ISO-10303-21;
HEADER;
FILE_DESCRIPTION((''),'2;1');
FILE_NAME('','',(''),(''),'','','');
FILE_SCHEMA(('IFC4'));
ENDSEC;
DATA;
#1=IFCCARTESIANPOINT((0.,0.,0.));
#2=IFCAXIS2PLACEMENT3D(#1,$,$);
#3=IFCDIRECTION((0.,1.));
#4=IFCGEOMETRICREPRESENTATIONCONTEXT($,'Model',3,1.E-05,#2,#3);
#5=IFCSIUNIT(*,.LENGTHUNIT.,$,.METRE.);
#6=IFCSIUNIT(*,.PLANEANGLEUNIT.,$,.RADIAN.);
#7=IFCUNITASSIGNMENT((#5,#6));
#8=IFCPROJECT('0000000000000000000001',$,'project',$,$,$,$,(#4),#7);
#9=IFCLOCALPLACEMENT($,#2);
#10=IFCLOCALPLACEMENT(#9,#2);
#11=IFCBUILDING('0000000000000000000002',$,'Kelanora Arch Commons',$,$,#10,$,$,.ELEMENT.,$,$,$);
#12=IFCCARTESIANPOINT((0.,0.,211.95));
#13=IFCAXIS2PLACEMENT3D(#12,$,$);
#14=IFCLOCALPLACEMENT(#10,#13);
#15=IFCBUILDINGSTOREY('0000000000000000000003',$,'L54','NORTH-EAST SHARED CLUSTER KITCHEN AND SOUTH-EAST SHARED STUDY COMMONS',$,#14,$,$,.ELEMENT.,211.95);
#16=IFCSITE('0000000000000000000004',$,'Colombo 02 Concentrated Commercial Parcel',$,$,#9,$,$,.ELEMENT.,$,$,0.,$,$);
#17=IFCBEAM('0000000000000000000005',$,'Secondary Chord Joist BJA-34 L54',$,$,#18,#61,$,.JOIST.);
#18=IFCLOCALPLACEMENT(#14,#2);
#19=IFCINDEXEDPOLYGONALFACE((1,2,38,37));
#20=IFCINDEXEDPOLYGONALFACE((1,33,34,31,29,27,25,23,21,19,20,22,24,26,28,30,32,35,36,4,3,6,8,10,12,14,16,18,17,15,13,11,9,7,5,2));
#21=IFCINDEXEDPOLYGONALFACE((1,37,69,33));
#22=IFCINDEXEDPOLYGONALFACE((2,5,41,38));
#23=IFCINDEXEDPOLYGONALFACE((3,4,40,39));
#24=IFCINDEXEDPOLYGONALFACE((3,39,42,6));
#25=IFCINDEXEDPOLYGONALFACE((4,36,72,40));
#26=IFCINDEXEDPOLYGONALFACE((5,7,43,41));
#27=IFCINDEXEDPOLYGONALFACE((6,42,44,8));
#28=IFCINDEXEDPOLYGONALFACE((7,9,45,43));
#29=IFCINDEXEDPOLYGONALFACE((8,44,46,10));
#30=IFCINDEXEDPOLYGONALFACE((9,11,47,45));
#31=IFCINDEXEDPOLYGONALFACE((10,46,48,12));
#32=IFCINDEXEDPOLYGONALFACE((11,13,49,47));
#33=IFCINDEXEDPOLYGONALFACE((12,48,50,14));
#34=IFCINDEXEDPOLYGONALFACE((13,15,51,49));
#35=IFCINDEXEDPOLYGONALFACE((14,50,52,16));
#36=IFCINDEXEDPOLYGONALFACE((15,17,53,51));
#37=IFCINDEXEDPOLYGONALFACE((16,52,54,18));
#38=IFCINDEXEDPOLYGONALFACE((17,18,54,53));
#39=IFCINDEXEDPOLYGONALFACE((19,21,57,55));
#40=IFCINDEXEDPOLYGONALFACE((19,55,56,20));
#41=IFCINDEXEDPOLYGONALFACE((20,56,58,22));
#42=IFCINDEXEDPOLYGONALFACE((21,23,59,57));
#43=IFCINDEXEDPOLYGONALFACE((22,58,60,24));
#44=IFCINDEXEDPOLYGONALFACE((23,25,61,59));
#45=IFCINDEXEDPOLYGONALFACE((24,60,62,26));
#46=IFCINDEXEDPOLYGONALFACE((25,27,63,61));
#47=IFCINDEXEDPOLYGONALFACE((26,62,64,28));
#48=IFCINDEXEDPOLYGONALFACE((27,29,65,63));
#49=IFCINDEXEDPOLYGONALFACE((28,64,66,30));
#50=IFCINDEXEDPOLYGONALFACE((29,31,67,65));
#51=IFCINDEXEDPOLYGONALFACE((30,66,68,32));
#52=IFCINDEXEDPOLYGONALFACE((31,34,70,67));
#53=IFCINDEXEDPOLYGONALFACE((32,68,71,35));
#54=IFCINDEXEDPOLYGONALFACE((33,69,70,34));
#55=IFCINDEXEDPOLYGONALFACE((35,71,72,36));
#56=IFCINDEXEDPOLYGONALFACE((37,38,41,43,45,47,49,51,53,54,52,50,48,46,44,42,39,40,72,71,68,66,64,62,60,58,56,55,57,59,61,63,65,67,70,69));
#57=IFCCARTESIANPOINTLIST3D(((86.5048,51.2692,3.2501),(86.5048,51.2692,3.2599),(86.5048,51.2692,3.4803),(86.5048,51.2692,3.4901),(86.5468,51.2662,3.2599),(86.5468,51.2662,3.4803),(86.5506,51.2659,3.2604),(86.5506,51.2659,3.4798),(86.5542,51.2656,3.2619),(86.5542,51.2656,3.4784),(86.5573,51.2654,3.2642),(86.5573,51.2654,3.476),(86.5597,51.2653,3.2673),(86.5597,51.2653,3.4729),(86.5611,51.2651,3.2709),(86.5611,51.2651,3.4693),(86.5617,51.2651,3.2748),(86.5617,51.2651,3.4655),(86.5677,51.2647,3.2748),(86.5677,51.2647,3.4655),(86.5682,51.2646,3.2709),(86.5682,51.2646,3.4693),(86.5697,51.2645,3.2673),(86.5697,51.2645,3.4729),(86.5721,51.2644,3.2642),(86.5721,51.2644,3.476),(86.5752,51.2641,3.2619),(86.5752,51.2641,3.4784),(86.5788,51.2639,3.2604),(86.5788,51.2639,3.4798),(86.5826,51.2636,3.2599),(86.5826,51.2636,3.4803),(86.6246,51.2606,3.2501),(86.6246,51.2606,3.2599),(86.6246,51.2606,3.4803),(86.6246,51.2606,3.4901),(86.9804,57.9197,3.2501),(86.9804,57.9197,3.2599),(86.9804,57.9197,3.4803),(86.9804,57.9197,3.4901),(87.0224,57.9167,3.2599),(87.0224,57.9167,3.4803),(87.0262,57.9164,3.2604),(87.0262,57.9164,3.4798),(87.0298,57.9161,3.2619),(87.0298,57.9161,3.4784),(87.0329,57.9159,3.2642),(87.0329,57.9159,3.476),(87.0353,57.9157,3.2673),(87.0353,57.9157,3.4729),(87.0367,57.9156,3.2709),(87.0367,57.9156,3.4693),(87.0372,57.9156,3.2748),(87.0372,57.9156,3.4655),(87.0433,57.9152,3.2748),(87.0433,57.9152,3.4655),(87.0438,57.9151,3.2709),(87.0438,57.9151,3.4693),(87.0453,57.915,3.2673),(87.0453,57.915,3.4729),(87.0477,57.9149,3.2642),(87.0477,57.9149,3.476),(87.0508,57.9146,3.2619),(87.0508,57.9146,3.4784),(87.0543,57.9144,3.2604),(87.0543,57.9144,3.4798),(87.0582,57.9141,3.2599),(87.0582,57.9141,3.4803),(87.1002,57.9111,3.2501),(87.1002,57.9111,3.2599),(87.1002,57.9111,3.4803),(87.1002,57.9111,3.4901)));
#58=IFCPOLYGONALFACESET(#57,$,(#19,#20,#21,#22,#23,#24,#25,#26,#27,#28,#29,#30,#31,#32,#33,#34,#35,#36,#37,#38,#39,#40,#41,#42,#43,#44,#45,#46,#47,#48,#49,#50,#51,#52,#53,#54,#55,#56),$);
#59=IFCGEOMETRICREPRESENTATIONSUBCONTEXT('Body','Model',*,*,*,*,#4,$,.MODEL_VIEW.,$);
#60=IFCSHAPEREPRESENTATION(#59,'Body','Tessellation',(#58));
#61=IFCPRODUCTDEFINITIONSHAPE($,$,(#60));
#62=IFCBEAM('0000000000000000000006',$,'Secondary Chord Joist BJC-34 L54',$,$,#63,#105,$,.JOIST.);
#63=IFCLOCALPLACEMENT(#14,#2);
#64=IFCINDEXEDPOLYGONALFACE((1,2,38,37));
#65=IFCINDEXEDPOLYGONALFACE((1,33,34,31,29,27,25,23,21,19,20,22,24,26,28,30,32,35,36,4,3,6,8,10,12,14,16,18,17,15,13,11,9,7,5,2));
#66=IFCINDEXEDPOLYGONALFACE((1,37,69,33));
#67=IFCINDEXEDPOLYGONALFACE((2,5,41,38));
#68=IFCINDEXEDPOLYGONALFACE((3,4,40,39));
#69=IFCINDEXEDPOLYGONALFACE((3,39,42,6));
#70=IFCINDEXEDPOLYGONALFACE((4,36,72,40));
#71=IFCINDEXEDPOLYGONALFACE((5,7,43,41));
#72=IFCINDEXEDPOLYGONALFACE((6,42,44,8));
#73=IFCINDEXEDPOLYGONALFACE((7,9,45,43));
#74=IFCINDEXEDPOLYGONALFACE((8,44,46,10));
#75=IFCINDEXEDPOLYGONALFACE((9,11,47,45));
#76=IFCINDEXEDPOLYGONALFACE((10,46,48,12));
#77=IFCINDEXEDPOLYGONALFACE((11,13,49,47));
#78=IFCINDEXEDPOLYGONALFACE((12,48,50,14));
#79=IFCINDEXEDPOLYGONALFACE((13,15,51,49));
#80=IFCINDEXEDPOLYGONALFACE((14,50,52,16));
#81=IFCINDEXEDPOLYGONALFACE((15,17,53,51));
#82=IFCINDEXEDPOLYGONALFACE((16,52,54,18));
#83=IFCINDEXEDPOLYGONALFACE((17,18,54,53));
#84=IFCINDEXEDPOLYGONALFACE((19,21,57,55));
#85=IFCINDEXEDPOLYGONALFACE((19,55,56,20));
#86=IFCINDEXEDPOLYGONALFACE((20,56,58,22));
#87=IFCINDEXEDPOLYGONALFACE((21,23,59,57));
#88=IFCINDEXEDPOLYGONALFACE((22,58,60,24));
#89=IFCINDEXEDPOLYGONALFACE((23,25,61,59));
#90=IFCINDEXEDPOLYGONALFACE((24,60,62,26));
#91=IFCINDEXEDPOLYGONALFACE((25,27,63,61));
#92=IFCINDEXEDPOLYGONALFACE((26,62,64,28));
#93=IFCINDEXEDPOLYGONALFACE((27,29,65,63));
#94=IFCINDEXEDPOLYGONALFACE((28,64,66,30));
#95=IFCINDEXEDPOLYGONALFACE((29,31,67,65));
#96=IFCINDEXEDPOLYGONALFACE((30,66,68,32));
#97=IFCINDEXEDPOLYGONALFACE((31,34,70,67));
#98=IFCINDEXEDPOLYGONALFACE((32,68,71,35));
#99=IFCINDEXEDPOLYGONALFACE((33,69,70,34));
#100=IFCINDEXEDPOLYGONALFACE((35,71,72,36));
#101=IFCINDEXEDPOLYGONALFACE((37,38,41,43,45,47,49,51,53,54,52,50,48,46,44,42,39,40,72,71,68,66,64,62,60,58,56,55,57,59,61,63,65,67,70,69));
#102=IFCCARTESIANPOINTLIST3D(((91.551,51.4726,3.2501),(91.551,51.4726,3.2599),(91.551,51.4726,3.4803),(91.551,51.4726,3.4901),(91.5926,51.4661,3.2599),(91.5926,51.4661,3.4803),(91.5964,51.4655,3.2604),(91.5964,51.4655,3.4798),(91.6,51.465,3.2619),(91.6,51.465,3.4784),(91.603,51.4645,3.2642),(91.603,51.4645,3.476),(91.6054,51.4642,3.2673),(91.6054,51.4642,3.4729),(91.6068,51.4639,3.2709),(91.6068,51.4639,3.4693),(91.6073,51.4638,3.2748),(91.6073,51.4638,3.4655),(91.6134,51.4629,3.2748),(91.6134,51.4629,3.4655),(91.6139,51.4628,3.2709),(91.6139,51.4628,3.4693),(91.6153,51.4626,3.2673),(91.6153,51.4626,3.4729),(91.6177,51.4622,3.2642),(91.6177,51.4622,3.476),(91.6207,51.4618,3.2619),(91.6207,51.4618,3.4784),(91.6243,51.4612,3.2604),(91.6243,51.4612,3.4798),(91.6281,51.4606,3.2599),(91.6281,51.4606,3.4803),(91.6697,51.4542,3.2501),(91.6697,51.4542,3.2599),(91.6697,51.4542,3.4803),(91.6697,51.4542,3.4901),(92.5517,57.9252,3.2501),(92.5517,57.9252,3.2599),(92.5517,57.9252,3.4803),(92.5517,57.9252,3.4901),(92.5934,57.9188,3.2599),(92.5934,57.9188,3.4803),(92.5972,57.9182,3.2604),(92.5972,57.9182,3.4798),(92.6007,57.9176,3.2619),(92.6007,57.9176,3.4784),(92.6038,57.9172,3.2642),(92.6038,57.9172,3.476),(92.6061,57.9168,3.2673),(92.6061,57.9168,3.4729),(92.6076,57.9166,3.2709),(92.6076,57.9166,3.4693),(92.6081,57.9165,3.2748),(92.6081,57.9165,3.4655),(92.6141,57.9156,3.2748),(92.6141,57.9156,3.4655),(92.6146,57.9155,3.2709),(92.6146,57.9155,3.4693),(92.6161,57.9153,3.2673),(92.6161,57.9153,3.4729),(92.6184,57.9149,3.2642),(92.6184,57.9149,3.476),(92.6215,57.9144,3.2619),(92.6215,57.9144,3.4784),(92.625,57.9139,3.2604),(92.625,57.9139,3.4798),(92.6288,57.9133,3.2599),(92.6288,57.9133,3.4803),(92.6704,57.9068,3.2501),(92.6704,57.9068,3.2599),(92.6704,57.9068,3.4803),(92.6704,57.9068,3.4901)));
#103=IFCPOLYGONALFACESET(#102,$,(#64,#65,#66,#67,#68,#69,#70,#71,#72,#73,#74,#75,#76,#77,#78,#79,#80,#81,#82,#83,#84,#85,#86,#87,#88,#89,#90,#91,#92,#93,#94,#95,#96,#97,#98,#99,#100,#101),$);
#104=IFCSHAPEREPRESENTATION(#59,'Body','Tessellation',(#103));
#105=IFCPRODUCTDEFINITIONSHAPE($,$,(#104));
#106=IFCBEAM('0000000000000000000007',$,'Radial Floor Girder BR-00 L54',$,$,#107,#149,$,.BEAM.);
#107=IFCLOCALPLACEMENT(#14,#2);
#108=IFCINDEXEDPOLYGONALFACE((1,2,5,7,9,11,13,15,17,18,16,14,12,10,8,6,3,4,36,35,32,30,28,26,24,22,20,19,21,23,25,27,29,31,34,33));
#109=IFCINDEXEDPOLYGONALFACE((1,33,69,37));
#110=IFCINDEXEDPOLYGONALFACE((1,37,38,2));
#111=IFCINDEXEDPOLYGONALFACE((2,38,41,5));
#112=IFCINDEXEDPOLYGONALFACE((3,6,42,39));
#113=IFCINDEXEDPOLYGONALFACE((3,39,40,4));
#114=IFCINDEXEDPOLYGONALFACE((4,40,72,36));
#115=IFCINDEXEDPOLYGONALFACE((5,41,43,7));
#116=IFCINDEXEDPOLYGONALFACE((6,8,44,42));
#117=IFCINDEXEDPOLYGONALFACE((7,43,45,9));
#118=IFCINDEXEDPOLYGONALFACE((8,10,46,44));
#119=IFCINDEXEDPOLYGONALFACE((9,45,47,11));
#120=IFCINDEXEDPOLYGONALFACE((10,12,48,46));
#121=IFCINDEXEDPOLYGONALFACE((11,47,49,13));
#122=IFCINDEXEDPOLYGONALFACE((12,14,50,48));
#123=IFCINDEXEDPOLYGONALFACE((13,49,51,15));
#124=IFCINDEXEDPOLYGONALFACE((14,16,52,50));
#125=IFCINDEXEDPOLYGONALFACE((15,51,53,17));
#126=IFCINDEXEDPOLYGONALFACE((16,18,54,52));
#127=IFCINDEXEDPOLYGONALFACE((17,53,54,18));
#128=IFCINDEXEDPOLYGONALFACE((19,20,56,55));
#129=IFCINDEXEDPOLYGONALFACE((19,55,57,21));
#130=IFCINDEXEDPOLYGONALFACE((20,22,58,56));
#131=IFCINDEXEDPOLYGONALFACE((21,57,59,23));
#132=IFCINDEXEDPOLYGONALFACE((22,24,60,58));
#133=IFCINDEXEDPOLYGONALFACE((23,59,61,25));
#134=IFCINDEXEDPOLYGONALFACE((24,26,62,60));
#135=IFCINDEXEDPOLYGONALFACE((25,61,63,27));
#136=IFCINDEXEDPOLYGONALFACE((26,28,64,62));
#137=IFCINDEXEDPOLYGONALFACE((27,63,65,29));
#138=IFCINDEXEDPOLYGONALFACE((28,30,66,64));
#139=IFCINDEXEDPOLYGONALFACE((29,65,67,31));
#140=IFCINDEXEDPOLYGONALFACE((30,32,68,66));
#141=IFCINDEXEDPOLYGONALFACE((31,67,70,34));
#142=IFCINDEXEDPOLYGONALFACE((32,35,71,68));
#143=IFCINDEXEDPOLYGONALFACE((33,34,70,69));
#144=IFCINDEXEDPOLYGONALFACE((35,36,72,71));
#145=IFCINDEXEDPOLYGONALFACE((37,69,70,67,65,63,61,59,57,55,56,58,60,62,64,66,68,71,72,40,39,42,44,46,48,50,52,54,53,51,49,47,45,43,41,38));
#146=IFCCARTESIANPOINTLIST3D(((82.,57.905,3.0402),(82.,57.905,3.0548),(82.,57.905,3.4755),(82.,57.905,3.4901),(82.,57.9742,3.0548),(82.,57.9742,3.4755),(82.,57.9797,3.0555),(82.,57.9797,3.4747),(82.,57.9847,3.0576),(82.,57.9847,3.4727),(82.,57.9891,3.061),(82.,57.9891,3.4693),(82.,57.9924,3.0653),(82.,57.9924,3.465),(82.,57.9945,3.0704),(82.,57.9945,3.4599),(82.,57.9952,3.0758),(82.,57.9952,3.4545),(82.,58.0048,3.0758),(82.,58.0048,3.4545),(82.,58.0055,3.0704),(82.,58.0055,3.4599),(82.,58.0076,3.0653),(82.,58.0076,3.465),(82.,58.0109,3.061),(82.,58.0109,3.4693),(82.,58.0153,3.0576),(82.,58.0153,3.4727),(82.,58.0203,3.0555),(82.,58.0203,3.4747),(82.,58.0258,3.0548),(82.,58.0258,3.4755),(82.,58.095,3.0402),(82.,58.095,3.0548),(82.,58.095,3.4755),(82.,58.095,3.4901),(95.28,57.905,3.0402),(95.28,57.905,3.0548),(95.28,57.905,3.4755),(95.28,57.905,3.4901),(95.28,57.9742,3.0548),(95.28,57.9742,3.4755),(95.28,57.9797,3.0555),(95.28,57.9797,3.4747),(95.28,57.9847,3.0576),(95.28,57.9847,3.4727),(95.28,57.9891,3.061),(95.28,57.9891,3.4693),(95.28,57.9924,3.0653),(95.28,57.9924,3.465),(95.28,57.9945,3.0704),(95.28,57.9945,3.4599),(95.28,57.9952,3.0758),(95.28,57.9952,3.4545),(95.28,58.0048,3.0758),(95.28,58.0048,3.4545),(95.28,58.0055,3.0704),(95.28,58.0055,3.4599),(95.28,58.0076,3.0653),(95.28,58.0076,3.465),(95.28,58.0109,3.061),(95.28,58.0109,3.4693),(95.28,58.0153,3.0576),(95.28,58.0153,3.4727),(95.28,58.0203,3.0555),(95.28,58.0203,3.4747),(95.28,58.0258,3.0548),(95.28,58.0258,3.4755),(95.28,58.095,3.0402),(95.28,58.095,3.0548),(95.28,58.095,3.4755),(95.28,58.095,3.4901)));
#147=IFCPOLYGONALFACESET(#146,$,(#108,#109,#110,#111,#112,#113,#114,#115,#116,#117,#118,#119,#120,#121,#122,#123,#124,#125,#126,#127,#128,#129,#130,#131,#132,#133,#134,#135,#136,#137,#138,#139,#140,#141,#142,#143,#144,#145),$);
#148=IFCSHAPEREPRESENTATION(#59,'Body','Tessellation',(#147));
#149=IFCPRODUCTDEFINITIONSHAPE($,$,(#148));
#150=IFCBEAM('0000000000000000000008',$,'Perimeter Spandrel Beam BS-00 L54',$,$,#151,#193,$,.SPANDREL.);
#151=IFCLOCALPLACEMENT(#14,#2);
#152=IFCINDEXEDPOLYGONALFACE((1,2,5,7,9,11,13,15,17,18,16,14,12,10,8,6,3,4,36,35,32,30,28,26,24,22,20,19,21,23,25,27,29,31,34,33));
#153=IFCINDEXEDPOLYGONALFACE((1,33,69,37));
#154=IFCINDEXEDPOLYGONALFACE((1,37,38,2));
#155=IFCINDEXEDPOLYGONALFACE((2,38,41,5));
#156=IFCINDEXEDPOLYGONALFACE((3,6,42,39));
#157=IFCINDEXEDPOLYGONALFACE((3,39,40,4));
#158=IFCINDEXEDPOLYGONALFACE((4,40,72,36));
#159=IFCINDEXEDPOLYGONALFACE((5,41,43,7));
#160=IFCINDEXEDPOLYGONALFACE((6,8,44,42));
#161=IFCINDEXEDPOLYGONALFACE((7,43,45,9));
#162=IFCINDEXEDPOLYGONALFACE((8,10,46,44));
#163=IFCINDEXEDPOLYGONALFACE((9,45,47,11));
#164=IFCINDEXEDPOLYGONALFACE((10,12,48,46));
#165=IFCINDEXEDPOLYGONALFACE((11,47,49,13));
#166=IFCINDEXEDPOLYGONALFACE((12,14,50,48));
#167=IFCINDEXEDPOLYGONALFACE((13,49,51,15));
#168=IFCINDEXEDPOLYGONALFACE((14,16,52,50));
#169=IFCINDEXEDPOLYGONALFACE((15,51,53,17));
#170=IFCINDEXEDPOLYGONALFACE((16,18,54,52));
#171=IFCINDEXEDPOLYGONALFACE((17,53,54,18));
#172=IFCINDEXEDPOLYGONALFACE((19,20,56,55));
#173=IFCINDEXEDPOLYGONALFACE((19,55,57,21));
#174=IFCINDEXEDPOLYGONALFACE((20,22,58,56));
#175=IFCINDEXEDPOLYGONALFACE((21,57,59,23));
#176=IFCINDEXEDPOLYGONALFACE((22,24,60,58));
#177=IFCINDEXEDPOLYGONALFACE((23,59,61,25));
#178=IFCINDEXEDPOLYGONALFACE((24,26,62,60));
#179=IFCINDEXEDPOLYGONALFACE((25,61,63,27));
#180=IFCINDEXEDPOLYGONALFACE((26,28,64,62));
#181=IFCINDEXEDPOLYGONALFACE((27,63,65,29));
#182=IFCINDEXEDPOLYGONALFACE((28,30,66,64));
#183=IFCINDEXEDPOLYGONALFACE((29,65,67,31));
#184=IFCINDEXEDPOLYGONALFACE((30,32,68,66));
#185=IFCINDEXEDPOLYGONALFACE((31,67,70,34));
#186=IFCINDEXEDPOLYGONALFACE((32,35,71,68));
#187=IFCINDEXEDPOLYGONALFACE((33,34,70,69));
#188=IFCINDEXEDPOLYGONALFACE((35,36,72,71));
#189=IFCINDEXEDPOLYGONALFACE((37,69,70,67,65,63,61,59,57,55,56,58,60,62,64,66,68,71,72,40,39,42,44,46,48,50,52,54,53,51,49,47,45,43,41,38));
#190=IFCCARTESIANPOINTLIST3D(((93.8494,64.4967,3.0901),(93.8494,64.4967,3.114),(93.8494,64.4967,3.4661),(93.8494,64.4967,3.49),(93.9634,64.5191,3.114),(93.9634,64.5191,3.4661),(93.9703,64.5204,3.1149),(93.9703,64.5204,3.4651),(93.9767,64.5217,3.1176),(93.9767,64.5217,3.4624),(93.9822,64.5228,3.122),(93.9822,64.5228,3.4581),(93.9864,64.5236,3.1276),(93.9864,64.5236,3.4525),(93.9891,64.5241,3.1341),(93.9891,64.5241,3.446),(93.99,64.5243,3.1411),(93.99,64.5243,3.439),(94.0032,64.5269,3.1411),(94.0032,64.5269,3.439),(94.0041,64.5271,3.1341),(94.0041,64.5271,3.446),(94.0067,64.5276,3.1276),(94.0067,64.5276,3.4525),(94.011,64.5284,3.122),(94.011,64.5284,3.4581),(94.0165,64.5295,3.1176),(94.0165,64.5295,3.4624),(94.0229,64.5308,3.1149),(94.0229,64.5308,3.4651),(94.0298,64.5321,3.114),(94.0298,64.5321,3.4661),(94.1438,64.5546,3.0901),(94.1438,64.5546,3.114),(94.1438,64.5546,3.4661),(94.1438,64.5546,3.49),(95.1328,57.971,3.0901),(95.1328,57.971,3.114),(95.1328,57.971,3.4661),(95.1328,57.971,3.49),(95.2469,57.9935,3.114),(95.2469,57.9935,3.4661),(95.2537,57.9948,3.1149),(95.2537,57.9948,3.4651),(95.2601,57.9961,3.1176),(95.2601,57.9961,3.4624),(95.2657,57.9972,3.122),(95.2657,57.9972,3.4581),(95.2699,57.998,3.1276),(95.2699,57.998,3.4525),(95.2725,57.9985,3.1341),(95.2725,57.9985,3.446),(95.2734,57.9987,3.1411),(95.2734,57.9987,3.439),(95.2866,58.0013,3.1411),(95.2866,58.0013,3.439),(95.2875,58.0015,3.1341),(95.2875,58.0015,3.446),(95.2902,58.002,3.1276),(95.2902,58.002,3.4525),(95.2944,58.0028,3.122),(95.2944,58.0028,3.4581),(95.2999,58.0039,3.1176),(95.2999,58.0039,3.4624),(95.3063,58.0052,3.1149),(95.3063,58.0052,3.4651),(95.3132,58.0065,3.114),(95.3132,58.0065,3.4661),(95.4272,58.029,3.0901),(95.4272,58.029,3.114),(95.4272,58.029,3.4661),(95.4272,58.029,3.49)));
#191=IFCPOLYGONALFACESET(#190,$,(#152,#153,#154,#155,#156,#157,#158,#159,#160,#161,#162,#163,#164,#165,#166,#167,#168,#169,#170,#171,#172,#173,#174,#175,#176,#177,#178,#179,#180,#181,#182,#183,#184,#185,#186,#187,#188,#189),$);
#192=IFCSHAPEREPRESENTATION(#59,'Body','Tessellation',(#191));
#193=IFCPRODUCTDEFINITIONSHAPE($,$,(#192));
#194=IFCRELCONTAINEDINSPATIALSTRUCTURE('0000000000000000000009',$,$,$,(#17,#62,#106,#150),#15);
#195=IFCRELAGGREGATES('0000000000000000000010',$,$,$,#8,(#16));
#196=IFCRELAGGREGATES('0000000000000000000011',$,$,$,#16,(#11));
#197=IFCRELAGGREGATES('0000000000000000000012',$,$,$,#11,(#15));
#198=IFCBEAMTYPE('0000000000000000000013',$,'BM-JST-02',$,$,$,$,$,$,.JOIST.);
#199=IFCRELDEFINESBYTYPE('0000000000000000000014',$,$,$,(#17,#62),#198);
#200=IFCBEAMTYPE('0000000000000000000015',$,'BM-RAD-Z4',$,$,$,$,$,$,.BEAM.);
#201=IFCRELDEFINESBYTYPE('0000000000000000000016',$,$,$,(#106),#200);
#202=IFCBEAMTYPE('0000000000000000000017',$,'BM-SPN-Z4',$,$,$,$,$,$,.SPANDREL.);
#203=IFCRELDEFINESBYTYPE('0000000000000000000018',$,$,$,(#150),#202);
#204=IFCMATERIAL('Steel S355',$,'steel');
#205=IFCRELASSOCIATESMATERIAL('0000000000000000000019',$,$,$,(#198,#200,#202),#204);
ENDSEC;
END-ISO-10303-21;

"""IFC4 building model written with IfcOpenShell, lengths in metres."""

from ifc_helpers import new_model, si_unit, direction, frame, origin, origin_2d, place, context, subcontext, project, spatial, i_section, extrude, material, material_profile, profile_set, type_object, element, save


model = new_model("IFC4")

# Units and contexts
model_context = context("Model", 3, precision=1e-05, world=origin(), true_north=direction((0.0, 1.0)))
body_context = subcontext(model_context, "Body", "Model", "MODEL_VIEW")
ifc_project = project(units=[si_unit("LENGTHUNIT", "METRE"), si_unit("PLANEANGLEUNIT", "RADIAN")], contexts=[model_context])

# Site, building, storey
site_placement = place(None, origin())
site = spatial("IfcSite", under=ifc_project, at=site_placement, Name="Colombo 02 Concentrated Commercial Parcel", CompositionType="ELEMENT", RefElevation=0.0)
building_placement = place(site_placement, origin())
building = spatial("IfcBuilding", under=site, at=building_placement, Name="Kelanora Arch Commons", CompositionType="ELEMENT")
storey_placement = place(building_placement, frame((0.0, 0.0, 211.95)))
storey = spatial("IfcBuildingStorey", under=building, at=storey_placement, Name="L54", Description="NORTH-EAST SHARED CLUSTER KITCHEN AND SOUTH-EAST SHARED STUDY COMMONS", CompositionType="ELEMENT", Elevation=211.95)

# Beams
ifc_material_1 = material(Name="Steel S355", Category="steel")
ifc_material_profile_1 = material_profile(ifc_material_1, i_section(OverallWidth=0.1201, OverallDepth=0.24, WebThickness=0.0061, FlangeThickness=0.0098, FilletRadius=0.0149, at=origin_2d()), Name="IPE240")
ifc_profile_set_1 = profile_set([ifc_material_profile_1], Name="Steel S355")
beam_type_1 = type_object("IfcBeamType", Name="BM-JST-02", PredefinedType="JOIST", material=ifc_profile_set_1)
beam_1_placement = place(storey_placement, frame((86.5647, 51.2649, 3.3701), z_axis=(0.07133, 0.997453, 0.0), x_axis=(-0.997453, 0.07133, 0.0)))
element("IfcBeam", 1, at=beam_1_placement, inside=storey, type_object=beam_type_1, Name="Secondary Chord Joist BJA-34 L54", PredefinedType="JOIST", context=body_context, shape_type="SweptSolid", body=[
    extrude(i_section(OverallWidth=0.1201, OverallDepth=0.24, WebThickness=0.0061, FlangeThickness=0.0098, FilletRadius=0.0149, at=origin_2d()), origin(), (0.0, 0.0, 1.0), 6.6675),
])
beam_2_placement = place(storey_placement, frame((91.6104, 51.4634, 3.3701), z_axis=(0.153257, 0.988186, 0.0), x_axis=(-0.988186, 0.153257, 0.0)))
element("IfcBeam", 2, at=beam_2_placement, inside=storey, type_object=beam_type_1, Name="Secondary Chord Joist BJC-34 L54", PredefinedType="JOIST", context=body_context, shape_type="SweptSolid", body=[
    extrude(i_section(OverallWidth=0.1201, OverallDepth=0.24, WebThickness=0.0061, FlangeThickness=0.0098, FilletRadius=0.0149, at=origin_2d()), origin(), (0.0, 0.0, 1.0), 6.5298),
])
ifc_material_profile_2 = material_profile(ifc_material_1, i_section(OverallWidth=0.1899, OverallDepth=0.45, WebThickness=0.0095, FlangeThickness=0.0146, FilletRadius=0.021, at=origin_2d()), Name="IPE450")
ifc_profile_set_2 = profile_set([ifc_material_profile_2], Name="Steel S355")
beam_type_2 = type_object("IfcBeamType", Name="BM-RAD-Z4", PredefinedType="BEAM", material=ifc_profile_set_2)
beam_3_placement = place(storey_placement, frame((82.0, 58.0, 3.2651), z_axis=(1.0, 0.0, 0.0), x_axis=(0.0, 1.0, 0.0)))
element("IfcBeam", 3, at=beam_3_placement, inside=storey, type_object=beam_type_2, Name="Radial Floor Girder BR-00 L54", PredefinedType="BEAM", context=body_context, shape_type="SweptSolid", body=[
    extrude(i_section(OverallWidth=0.1899, OverallDepth=0.45, WebThickness=0.0095, FlangeThickness=0.0146, FilletRadius=0.021, at=origin_2d()), origin(), (0.0, 0.0, 1.0), 13.28),
])
ifc_material_profile_3 = material_profile(ifc_material_1, i_section(OverallWidth=0.3, OverallDepth=0.3999, WebThickness=0.0134, FlangeThickness=0.0239, FilletRadius=0.0271, at=origin_2d()), Name="HEB400")
ifc_profile_set_3 = profile_set([ifc_material_profile_3], Name="Steel S355")
beam_type_3 = type_object("IfcBeamType", Name="BM-SPN-Z4", PredefinedType="SPANDREL", material=ifc_profile_set_3)
for number, where, z_axis, x_axis, name in (
    (4, (95.28, 58.0, 3.29), (-0.192981, 0.981203, 0.0), (-0.981203, -0.192981, 0.0), "Perimeter Spandrel Beam BS-00 L54"),
):
    element("IfcBeam", number, at=place(storey_placement, frame(where, z_axis=z_axis, x_axis=x_axis)), inside=storey, type_object=beam_type_3, Name=name, PredefinedType="SPANDREL", context=body_context, shape_type="SweptSolid", body=[
        extrude(i_section(OverallWidth=0.3, OverallDepth=0.3999, WebThickness=0.0134, FlangeThickness=0.0239, FilletRadius=0.0271, at=origin_2d()), origin(), (0.0, 0.0, 1.0), 6.6506),
    ])

save(model, "model.ifc")
